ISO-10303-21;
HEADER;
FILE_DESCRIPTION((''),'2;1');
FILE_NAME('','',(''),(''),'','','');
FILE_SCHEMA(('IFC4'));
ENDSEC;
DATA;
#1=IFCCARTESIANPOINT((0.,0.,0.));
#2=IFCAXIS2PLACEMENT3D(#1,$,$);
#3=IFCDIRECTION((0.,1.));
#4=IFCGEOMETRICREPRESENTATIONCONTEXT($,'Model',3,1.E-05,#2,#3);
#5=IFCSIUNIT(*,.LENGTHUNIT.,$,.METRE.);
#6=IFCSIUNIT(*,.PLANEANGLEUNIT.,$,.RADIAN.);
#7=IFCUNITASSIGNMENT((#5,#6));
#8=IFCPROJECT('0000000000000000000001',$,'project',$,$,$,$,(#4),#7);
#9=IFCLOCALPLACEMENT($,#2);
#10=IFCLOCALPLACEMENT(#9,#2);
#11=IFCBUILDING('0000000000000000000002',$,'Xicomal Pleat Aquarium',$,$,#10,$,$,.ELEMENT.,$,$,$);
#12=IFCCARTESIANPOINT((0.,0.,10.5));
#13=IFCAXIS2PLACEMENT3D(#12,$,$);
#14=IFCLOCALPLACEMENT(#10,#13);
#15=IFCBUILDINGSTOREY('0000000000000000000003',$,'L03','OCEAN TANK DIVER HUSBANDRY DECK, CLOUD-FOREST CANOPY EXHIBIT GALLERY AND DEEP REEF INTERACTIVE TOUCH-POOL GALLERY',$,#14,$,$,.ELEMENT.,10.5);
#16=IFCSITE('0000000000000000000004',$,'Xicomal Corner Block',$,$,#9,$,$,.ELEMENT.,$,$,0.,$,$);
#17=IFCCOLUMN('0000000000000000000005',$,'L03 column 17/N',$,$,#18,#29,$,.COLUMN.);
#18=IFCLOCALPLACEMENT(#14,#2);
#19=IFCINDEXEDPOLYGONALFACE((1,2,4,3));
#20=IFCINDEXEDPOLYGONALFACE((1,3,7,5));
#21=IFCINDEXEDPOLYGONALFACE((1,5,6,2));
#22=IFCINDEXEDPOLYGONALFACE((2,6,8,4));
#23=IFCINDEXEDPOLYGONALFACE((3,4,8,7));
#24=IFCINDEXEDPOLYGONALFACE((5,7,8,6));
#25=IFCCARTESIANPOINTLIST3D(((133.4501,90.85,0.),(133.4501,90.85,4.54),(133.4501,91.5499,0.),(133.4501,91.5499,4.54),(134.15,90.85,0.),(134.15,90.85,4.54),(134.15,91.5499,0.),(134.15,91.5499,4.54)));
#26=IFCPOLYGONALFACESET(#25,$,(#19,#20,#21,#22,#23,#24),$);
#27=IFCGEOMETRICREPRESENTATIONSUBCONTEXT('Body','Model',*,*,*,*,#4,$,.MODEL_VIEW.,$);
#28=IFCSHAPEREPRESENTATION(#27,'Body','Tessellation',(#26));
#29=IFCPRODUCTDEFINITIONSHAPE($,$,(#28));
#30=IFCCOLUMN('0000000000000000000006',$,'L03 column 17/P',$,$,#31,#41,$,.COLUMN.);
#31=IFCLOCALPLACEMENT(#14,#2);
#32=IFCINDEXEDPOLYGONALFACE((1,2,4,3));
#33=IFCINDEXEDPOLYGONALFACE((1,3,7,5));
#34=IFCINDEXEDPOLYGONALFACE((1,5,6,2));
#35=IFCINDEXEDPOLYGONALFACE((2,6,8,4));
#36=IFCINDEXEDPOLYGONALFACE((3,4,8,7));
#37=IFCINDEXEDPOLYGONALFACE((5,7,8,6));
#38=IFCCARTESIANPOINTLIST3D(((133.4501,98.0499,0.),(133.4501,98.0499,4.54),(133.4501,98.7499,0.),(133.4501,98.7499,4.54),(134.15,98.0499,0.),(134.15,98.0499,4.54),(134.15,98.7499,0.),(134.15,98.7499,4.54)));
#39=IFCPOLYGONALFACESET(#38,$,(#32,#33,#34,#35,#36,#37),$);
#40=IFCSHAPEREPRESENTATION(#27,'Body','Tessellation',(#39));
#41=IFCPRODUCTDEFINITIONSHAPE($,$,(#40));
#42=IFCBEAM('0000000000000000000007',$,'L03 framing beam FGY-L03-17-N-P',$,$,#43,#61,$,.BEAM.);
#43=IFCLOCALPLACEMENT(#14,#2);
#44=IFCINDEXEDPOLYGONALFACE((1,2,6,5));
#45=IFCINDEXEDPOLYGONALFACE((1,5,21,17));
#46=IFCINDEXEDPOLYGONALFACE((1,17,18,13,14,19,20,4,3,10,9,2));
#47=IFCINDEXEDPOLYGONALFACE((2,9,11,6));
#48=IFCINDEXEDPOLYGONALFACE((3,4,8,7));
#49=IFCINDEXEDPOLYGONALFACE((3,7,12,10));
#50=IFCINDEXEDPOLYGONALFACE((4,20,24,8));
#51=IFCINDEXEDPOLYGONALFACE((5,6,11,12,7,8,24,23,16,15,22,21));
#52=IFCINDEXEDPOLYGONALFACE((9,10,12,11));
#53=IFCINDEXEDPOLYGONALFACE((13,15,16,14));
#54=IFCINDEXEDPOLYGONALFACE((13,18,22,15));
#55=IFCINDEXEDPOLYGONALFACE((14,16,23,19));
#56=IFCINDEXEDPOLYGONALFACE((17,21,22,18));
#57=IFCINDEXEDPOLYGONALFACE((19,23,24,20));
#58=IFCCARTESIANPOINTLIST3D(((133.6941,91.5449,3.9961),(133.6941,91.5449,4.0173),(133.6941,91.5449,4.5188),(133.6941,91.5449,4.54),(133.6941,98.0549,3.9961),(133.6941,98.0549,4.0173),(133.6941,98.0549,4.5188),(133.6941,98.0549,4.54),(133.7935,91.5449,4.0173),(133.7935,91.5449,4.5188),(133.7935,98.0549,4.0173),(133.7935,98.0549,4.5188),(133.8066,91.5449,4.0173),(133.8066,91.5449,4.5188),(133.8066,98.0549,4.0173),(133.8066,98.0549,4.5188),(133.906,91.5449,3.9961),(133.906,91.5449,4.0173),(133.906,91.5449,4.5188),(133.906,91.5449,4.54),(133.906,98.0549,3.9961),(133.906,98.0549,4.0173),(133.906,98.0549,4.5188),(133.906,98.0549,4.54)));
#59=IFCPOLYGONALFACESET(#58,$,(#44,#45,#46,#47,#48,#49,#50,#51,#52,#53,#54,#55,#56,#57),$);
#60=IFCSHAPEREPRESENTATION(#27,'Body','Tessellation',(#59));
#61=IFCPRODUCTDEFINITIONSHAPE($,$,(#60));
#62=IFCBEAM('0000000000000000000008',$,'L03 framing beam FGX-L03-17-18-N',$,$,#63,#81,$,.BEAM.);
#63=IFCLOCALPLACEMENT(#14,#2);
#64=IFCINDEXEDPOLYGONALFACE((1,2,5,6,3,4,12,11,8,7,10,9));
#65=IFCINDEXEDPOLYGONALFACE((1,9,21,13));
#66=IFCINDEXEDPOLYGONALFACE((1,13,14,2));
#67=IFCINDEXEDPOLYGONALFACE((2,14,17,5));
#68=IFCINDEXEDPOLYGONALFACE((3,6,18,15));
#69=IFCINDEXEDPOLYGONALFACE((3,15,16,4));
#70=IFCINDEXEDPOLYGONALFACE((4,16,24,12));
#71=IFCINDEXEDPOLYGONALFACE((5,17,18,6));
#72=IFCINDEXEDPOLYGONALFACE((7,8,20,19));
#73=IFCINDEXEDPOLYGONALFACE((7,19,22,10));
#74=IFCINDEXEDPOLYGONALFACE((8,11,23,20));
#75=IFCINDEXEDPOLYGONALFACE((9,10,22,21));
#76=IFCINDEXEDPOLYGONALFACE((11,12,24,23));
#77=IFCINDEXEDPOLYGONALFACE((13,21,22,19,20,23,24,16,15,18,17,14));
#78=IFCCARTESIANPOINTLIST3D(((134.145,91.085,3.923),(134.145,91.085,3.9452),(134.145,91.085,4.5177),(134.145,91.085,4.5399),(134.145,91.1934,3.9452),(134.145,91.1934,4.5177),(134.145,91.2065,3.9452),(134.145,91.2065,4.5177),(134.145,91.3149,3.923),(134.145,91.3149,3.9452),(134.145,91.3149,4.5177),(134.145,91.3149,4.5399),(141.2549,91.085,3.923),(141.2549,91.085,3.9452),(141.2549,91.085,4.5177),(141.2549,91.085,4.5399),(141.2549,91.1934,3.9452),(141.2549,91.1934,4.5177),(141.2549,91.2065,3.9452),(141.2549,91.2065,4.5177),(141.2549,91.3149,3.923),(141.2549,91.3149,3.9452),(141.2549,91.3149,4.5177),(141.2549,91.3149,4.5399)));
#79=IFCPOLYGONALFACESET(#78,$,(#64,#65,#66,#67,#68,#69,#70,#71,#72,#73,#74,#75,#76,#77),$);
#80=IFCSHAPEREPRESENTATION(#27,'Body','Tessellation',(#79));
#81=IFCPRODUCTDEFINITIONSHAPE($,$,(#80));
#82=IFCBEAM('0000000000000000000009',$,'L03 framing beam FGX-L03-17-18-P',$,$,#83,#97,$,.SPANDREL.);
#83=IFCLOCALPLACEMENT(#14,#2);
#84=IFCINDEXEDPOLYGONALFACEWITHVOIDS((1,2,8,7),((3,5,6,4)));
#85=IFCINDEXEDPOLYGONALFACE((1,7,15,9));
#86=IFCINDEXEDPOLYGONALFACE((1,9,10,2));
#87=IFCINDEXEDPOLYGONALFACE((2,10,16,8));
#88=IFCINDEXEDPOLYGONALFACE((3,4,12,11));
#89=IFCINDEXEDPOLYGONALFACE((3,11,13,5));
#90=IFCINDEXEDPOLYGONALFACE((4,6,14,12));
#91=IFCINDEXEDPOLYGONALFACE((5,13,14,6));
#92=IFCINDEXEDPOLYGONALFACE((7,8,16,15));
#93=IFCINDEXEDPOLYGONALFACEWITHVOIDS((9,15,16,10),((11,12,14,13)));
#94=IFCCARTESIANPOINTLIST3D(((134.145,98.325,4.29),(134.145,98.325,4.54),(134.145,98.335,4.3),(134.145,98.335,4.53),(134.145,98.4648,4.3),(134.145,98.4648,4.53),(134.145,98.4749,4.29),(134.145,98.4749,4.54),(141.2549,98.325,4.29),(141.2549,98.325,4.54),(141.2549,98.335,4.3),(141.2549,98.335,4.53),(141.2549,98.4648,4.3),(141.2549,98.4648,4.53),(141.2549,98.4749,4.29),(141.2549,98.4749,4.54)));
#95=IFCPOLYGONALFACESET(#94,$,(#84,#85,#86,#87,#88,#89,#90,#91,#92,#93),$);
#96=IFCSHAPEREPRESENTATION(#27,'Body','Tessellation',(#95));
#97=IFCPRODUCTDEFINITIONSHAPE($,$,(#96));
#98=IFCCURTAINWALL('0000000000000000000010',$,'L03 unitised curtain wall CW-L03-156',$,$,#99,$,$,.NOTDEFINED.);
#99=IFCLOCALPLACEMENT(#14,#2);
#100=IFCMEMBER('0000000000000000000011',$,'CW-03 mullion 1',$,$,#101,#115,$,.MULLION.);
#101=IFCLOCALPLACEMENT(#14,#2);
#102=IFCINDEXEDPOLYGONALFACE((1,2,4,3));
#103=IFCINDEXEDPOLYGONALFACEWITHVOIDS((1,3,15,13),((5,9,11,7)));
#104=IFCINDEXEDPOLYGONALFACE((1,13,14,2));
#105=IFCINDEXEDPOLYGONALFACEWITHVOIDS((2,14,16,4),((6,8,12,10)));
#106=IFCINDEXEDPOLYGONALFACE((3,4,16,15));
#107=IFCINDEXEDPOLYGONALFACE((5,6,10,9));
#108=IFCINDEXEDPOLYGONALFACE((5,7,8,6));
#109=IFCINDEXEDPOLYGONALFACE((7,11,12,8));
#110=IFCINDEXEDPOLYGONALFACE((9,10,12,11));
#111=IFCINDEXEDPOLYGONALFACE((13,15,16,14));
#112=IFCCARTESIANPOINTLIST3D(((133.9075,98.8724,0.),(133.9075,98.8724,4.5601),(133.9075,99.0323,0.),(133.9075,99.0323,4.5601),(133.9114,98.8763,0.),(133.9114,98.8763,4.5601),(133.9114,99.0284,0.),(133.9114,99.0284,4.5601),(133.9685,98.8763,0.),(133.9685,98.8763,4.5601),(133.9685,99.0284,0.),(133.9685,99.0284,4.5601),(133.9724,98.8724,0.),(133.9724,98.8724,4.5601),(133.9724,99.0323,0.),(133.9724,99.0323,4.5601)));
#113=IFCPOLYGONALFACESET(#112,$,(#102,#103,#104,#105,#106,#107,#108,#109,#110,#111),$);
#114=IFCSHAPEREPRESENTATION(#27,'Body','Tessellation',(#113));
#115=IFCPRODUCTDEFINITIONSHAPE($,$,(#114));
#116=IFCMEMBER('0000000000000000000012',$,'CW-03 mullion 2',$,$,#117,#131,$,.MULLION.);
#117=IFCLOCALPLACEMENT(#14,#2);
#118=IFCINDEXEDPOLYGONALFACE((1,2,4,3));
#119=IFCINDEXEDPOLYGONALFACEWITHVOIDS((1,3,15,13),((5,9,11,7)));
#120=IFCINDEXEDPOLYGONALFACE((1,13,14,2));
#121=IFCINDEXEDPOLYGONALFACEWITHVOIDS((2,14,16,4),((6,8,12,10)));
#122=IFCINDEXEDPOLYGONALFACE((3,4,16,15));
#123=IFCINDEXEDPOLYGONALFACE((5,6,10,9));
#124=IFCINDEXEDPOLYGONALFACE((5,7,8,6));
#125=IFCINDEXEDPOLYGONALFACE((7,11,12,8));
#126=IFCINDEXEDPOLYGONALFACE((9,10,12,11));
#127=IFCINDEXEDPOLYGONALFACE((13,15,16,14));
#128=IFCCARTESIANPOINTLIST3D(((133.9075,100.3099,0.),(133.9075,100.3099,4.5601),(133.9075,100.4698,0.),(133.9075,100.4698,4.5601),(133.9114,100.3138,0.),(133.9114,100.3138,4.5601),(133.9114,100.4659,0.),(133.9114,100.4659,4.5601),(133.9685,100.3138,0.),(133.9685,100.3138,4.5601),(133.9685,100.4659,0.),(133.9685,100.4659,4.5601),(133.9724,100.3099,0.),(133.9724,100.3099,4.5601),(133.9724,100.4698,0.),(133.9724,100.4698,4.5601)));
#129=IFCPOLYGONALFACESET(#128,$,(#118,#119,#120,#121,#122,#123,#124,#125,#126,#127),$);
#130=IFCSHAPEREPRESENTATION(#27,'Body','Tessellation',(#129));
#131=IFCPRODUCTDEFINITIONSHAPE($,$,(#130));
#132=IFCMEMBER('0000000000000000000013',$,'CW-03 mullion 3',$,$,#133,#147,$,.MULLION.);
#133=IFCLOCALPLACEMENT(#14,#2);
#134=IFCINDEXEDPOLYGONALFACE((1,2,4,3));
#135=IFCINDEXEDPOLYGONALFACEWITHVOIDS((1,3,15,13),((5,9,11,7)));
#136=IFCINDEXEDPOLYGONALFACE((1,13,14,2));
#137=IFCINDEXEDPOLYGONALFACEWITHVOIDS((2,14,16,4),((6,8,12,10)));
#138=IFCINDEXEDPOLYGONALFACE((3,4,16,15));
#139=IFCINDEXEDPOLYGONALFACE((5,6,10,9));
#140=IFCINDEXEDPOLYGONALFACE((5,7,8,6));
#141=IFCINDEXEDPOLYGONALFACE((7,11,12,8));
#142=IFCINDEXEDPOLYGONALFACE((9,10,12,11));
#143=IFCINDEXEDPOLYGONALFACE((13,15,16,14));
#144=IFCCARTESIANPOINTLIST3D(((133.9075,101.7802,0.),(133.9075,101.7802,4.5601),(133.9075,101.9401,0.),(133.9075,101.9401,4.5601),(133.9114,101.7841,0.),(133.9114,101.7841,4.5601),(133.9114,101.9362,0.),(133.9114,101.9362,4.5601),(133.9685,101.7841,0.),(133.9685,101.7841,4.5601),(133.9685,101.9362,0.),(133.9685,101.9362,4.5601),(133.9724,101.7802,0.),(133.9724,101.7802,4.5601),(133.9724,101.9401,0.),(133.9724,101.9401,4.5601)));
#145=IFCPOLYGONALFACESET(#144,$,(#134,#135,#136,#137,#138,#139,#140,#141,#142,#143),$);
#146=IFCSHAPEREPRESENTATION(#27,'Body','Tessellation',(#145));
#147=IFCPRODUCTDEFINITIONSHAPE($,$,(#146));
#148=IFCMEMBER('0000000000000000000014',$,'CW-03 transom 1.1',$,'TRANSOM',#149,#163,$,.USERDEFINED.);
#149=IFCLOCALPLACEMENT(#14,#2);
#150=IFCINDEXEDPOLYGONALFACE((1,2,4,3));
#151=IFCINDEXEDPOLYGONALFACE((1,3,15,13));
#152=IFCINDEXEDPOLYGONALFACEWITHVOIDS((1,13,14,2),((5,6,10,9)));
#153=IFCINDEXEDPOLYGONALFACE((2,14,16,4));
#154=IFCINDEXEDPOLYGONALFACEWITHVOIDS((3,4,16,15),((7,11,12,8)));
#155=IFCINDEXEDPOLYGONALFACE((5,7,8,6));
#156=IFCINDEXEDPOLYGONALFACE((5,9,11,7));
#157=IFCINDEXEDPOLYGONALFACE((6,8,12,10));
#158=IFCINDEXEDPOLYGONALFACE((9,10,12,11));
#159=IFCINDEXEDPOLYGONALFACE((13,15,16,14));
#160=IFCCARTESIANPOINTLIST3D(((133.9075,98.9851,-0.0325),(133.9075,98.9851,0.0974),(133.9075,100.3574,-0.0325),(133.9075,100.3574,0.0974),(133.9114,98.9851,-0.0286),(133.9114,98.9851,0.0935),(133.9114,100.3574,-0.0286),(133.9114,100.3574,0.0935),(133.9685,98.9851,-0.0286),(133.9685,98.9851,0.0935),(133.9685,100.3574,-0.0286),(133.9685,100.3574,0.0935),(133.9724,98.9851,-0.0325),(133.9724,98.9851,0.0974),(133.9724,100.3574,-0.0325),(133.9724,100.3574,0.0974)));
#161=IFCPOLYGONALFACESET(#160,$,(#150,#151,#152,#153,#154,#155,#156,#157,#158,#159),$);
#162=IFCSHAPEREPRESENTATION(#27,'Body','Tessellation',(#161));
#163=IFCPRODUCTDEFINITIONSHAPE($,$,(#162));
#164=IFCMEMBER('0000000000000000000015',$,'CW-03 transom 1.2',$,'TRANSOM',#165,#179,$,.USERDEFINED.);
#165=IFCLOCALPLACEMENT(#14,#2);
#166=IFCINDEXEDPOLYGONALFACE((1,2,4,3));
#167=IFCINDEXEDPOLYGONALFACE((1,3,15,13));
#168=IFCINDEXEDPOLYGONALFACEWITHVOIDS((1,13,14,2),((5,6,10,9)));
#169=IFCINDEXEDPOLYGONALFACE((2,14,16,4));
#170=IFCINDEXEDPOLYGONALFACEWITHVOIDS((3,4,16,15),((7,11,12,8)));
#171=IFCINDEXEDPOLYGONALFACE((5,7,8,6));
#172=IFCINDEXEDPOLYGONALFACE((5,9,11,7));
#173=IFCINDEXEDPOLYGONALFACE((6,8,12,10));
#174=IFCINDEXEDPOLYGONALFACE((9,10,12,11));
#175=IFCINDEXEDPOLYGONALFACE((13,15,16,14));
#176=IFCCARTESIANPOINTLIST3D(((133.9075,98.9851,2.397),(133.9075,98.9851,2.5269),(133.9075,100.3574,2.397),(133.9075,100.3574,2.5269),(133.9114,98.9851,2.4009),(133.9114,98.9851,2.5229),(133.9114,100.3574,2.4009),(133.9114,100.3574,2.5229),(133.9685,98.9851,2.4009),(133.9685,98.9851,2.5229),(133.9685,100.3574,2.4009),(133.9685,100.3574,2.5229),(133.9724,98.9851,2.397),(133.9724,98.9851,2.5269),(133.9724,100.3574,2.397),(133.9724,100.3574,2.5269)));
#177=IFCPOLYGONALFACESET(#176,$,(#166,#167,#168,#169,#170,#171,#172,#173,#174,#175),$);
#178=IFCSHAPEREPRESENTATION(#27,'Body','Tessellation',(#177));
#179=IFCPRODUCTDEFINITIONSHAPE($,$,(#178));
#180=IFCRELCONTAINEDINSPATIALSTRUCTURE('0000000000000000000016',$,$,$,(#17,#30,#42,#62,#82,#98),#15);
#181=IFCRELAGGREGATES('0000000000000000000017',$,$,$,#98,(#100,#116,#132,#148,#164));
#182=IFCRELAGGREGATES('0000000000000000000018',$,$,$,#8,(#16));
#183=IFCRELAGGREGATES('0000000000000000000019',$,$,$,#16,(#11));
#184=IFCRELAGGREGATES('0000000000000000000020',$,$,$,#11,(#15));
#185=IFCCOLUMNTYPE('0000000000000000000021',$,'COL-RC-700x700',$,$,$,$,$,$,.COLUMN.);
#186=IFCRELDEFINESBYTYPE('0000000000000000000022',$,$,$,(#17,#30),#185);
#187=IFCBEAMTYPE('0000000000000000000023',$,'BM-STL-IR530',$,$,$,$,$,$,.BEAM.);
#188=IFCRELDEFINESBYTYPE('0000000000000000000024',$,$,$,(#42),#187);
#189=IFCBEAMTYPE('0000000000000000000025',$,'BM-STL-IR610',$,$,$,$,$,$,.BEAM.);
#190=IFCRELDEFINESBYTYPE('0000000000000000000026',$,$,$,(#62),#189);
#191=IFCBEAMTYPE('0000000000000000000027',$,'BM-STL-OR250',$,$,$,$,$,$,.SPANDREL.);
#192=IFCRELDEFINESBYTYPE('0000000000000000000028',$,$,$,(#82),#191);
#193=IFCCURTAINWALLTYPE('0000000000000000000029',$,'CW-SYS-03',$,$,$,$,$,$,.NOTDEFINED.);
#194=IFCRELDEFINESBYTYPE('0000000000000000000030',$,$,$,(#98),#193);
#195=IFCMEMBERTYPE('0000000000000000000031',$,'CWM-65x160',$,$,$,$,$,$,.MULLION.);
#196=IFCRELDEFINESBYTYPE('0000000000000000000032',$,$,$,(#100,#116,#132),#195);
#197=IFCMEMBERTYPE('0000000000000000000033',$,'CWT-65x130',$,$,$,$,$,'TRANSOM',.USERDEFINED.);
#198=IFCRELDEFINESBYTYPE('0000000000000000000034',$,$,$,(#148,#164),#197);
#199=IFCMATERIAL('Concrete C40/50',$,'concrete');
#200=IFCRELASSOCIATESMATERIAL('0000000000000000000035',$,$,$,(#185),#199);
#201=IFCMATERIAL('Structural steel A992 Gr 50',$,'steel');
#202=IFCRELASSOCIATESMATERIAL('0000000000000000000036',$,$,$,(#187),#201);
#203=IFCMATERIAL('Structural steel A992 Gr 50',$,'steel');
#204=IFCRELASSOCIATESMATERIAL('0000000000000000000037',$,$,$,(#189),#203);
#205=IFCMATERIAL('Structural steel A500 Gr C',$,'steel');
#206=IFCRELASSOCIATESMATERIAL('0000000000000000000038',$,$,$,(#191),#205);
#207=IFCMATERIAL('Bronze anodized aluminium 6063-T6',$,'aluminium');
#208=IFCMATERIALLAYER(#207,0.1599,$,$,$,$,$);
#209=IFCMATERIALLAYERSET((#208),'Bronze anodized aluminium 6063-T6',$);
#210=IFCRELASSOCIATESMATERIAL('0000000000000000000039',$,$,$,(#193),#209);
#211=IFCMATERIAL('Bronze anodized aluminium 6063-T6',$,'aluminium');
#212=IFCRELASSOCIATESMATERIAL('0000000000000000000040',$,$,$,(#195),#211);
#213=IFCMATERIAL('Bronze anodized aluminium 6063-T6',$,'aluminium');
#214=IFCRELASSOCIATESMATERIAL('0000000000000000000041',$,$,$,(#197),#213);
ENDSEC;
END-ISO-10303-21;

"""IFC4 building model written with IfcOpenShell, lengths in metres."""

from ifc_helpers import new_model, si_unit, direction, frame, origin, origin_2d, place, context, subcontext, project, spatial, rectangle, hollow_rectangle, i_section, extrude, material, layer, layer_set, material_profile, profile_set, type_object, element, aggregate, save


model = new_model("IFC4")

# Units and contexts
model_context = context("Model", 3, precision=1e-05, world=origin(), true_north=direction((0.0, 1.0)))
body_context = subcontext(model_context, "Body", "Model", "MODEL_VIEW")
ifc_project = project(units=[si_unit("LENGTHUNIT", "METRE"), si_unit("PLANEANGLEUNIT", "RADIAN")], contexts=[model_context])

# Site, building, storey
site_placement = place(None, origin())
site = spatial("IfcSite", under=ifc_project, at=site_placement, Name="Xicomal Corner Block", CompositionType="ELEMENT", RefElevation=0.0)
building_placement = place(site_placement, origin())
building = spatial("IfcBuilding", under=site, at=building_placement, Name="Xicomal Pleat Aquarium", CompositionType="ELEMENT")
storey_placement = place(building_placement, frame((0.0, 0.0, 10.5)))
storey = spatial("IfcBuildingStorey", under=building, at=storey_placement, Name="L03", Description="OCEAN TANK DIVER HUSBANDRY DECK, CLOUD-FOREST CANOPY EXHIBIT GALLERY AND DEEP REEF INTERACTIVE TOUCH-POOL GALLERY", CompositionType="ELEMENT", Elevation=10.5)

# Columns
ifc_material_1 = material(Name="Concrete C40/50", Category="concrete")
ifc_material_profile_1 = material_profile(ifc_material_1, rectangle(XDim=0.7, YDim=0.7, at=origin_2d()), Name="RC 700x700")
ifc_profile_set_1 = profile_set([ifc_material_profile_1], Name="Concrete C40/50")
column_type = type_object("IfcColumnType", Name="COL-RC-700x700", PredefinedType="COLUMN", material=ifc_profile_set_1)
for number, where, z_axis, x_axis, name in (
    (1, (133.8, 91.2, 0.0), (0.0, 0.0, 1.0), (1.0, 0.0, 0.0), "L03 column 17/N"),
    (2, (133.8, 98.3999, 0.0), (0.0, 0.0, 1.0), (1.0, 0.0, 0.0), "L03 column 17/P"),
):
    element("IfcColumn", number, at=place(storey_placement, frame(where, z_axis=z_axis, x_axis=x_axis)), inside=storey, type_object=column_type, Name=name, PredefinedType="COLUMN", context=body_context, shape_type="SweptSolid", body=[
        extrude(rectangle(XDim=0.7, YDim=0.7, at=origin_2d()), origin(), (0.0, 0.0, 1.0), 4.54),
    ])

# Beams
ifc_material_2 = material(Name="Structural steel A992 Gr 50", Category="steel")
ifc_material_profile_2 = material_profile(ifc_material_2, i_section(OverallWidth=0.2119, OverallDepth=0.5439, WebThickness=0.0132, FlangeThickness=0.0212, at=origin_2d()), Name="IR 530x123")
ifc_profile_set_2 = profile_set([ifc_material_profile_2], Name="Structural steel A992 Gr 50")
beam_type_1 = type_object("IfcBeamType", Name="BM-STL-IR530", PredefinedType="BEAM", material=ifc_profile_set_2)
beam_1_placement = place(storey_placement, frame((133.8, 91.5449, 4.2681), z_axis=(0.0, 1.0, 0.0), x_axis=(-1.0, 0.0, 0.0)))
element("IfcBeam", 3, at=beam_1_placement, inside=storey, type_object=beam_type_1, Name="L03 framing beam FGY-L03-17-N-P", PredefinedType="BEAM", context=body_context, shape_type="SweptSolid", body=[
    extrude(i_section(OverallWidth=0.2119, OverallDepth=0.5439, WebThickness=0.0132, FlangeThickness=0.0212, at=origin_2d()), origin(), (0.0, 0.0, 1.0), 6.51),
])
ifc_material_3 = material(Name="Structural steel A992 Gr 50", Category="steel")
ifc_material_profile_3 = material_profile(ifc_material_3, i_section(OverallWidth=0.23, OverallDepth=0.6169, WebThickness=0.0132, FlangeThickness=0.0222, at=origin_2d()), Name="IR 610x140")
ifc_profile_set_3 = profile_set([ifc_material_profile_3], Name="Structural steel A992 Gr 50")
beam_type_2 = type_object("IfcBeamType", Name="BM-STL-IR610", PredefinedType="BEAM", material=ifc_profile_set_3)
beam_2_placement = place(storey_placement, frame((134.145, 91.2, 4.2314), z_axis=(1.0, 0.0, 0.0), x_axis=(0.0, 1.0, 0.0)))
element("IfcBeam", 4, at=beam_2_placement, inside=storey, type_object=beam_type_2, Name="L03 framing beam FGX-L03-17-18-N", PredefinedType="BEAM", context=body_context, shape_type="SweptSolid", body=[
    extrude(i_section(OverallWidth=0.23, OverallDepth=0.6169, WebThickness=0.0132, FlangeThickness=0.0222, at=origin_2d()), origin(), (0.0, 0.0, 1.0), 7.1099),
])
ifc_material_4 = material(Name="Structural steel A500 Gr C", Category="steel")
ifc_material_profile_4 = material_profile(ifc_material_4, hollow_rectangle(XDim=0.1499, YDim=0.25, WallThickness=0.01, at=origin_2d()), Name="OR 250x150x10")
ifc_profile_set_4 = profile_set([ifc_material_profile_4], Name="Structural steel A500 Gr C")
beam_type_3 = type_object("IfcBeamType", Name="BM-STL-OR250", PredefinedType="SPANDREL", material=ifc_profile_set_4)
beam_3_placement = place(storey_placement, frame((134.145, 98.3999, 4.415), z_axis=(1.0, 0.0, 0.0), x_axis=(0.0, 1.0, 0.0)))
element("IfcBeam", 5, at=beam_3_placement, inside=storey, type_object=beam_type_3, Name="L03 framing beam FGX-L03-17-18-P", PredefinedType="SPANDREL", context=body_context, shape_type="SweptSolid", body=[
    extrude(hollow_rectangle(XDim=0.1499, YDim=0.25, WallThickness=0.01, at=origin_2d()), origin(), (0.0, 0.0, 1.0), 7.1099),
])

# Curtain wall, members
ifc_material_5 = material(Name="Bronze anodized aluminium 6063-T6", Category="aluminium")
ifc_layer_1 = layer(ifc_material_5, 0.1599)
ifc_layer_set_1 = layer_set([ifc_layer_1], Name="Bronze anodized aluminium 6063-T6")
curtain_wall_type = type_object("IfcCurtainWallType", Name="CW-SYS-03", PredefinedType="NOTDEFINED", material=ifc_layer_set_1)
curtain_wall_placement = place(storey_placement, origin())
curtain_wall = element("IfcCurtainWall", 6, at=curtain_wall_placement, inside=storey, type_object=curtain_wall_type, Name="L03 unitised curtain wall CW-L03-156", PredefinedType="NOTDEFINED")
ifc_material_6 = material(Name="Bronze anodized aluminium 6063-T6", Category="aluminium")
ifc_material_profile_5 = material_profile(ifc_material_6, hollow_rectangle(XDim=0.0649, YDim=0.1599, WallThickness=0.0039, at=origin_2d()), Name="ALU MULL 65x160")
ifc_profile_set_5 = profile_set([ifc_material_profile_5], Name="Bronze anodized aluminium 6063-T6")
member_type_1 = type_object("IfcMemberType", Name="CWM-65x160", PredefinedType="MULLION", material=ifc_profile_set_5)
member_1_placement = place(storey_placement, frame((133.9399, 98.9524, 0.0), z_axis=(0.0, 0.0, 1.0), x_axis=(-1.0, 0.0, 0.0)))
member_1 = element("IfcMember", 7, at=member_1_placement, type_object=member_type_1, Name="CW-03 mullion 1", PredefinedType="MULLION", context=body_context, shape_type="SweptSolid", body=[
    extrude(hollow_rectangle(XDim=0.0649, YDim=0.1599, WallThickness=0.0039, at=origin_2d()), origin(), (0.0, 0.0, 1.0), 4.5601),
])
member_2_placement = place(storey_placement, frame((133.9399, 100.3899, 0.0), z_axis=(0.0, 0.0, 1.0), x_axis=(-1.0, 0.0, 0.0)))
member_2 = element("IfcMember", 8, at=member_2_placement, type_object=member_type_1, Name="CW-03 mullion 2", PredefinedType="MULLION", context=body_context, shape_type="SweptSolid", body=[
    extrude(hollow_rectangle(XDim=0.0649, YDim=0.1599, WallThickness=0.0039, at=origin_2d()), origin(), (0.0, 0.0, 1.0), 4.5601),
])
member_3_placement = place(storey_placement, frame((133.9399, 101.8601, 0.0), z_axis=(0.0, 0.0, 1.0), x_axis=(-1.0, 0.0, 0.0)))
member_3 = element("IfcMember", 9, at=member_3_placement, type_object=member_type_1, Name="CW-03 mullion 3", PredefinedType="MULLION", context=body_context, shape_type="SweptSolid", body=[
    extrude(hollow_rectangle(XDim=0.0649, YDim=0.1599, WallThickness=0.0039, at=origin_2d()), origin(), (0.0, 0.0, 1.0), 4.5601),
])
ifc_material_7 = material(Name="Bronze anodized aluminium 6063-T6", Category="aluminium")
ifc_material_profile_6 = material_profile(ifc_material_7, hollow_rectangle(XDim=0.0649, YDim=0.1299, WallThickness=0.0039, at=origin_2d()), Name="ALU TRAN 65x130")
ifc_profile_set_6 = profile_set([ifc_material_profile_6], Name="Bronze anodized aluminium 6063-T6")
member_type_2 = type_object("IfcMemberType", Name="CWT-65x130", ElementType="TRANSOM", PredefinedType="USERDEFINED", material=ifc_profile_set_6)
member_4_placement = place(storey_placement, frame((133.9399, 98.9851, 0.0325), z_axis=(0.0, 1.0, 0.0), x_axis=(-1.0, 0.0, 0.0)))
member_4 = element("IfcMember", 10, at=member_4_placement, type_object=member_type_2, Name="CW-03 transom 1.1", ObjectType="TRANSOM", PredefinedType="USERDEFINED", context=body_context, shape_type="SweptSolid", body=[
    extrude(hollow_rectangle(XDim=0.0649, YDim=0.1299, WallThickness=0.0039, at=origin_2d()), origin(), (0.0, 0.0, 1.0), 1.3723),
])
member_5_placement = place(storey_placement, frame((133.9399, 98.9851, 2.4619), z_axis=(0.0, 1.0, 0.0), x_axis=(-1.0, 0.0, 0.0)))
member_5 = element("IfcMember", 11, at=member_5_placement, type_object=member_type_2, Name="CW-03 transom 1.2", ObjectType="TRANSOM", PredefinedType="USERDEFINED", context=body_context, shape_type="SweptSolid", body=[
    extrude(hollow_rectangle(XDim=0.0649, YDim=0.1299, WallThickness=0.0039, at=origin_2d()), origin(), (0.0, 0.0, 1.0), 1.3723),
])
aggregate(curtain_wall, [member_1, member_2, member_3, member_4, member_5])

save(model, "model.ifc")
